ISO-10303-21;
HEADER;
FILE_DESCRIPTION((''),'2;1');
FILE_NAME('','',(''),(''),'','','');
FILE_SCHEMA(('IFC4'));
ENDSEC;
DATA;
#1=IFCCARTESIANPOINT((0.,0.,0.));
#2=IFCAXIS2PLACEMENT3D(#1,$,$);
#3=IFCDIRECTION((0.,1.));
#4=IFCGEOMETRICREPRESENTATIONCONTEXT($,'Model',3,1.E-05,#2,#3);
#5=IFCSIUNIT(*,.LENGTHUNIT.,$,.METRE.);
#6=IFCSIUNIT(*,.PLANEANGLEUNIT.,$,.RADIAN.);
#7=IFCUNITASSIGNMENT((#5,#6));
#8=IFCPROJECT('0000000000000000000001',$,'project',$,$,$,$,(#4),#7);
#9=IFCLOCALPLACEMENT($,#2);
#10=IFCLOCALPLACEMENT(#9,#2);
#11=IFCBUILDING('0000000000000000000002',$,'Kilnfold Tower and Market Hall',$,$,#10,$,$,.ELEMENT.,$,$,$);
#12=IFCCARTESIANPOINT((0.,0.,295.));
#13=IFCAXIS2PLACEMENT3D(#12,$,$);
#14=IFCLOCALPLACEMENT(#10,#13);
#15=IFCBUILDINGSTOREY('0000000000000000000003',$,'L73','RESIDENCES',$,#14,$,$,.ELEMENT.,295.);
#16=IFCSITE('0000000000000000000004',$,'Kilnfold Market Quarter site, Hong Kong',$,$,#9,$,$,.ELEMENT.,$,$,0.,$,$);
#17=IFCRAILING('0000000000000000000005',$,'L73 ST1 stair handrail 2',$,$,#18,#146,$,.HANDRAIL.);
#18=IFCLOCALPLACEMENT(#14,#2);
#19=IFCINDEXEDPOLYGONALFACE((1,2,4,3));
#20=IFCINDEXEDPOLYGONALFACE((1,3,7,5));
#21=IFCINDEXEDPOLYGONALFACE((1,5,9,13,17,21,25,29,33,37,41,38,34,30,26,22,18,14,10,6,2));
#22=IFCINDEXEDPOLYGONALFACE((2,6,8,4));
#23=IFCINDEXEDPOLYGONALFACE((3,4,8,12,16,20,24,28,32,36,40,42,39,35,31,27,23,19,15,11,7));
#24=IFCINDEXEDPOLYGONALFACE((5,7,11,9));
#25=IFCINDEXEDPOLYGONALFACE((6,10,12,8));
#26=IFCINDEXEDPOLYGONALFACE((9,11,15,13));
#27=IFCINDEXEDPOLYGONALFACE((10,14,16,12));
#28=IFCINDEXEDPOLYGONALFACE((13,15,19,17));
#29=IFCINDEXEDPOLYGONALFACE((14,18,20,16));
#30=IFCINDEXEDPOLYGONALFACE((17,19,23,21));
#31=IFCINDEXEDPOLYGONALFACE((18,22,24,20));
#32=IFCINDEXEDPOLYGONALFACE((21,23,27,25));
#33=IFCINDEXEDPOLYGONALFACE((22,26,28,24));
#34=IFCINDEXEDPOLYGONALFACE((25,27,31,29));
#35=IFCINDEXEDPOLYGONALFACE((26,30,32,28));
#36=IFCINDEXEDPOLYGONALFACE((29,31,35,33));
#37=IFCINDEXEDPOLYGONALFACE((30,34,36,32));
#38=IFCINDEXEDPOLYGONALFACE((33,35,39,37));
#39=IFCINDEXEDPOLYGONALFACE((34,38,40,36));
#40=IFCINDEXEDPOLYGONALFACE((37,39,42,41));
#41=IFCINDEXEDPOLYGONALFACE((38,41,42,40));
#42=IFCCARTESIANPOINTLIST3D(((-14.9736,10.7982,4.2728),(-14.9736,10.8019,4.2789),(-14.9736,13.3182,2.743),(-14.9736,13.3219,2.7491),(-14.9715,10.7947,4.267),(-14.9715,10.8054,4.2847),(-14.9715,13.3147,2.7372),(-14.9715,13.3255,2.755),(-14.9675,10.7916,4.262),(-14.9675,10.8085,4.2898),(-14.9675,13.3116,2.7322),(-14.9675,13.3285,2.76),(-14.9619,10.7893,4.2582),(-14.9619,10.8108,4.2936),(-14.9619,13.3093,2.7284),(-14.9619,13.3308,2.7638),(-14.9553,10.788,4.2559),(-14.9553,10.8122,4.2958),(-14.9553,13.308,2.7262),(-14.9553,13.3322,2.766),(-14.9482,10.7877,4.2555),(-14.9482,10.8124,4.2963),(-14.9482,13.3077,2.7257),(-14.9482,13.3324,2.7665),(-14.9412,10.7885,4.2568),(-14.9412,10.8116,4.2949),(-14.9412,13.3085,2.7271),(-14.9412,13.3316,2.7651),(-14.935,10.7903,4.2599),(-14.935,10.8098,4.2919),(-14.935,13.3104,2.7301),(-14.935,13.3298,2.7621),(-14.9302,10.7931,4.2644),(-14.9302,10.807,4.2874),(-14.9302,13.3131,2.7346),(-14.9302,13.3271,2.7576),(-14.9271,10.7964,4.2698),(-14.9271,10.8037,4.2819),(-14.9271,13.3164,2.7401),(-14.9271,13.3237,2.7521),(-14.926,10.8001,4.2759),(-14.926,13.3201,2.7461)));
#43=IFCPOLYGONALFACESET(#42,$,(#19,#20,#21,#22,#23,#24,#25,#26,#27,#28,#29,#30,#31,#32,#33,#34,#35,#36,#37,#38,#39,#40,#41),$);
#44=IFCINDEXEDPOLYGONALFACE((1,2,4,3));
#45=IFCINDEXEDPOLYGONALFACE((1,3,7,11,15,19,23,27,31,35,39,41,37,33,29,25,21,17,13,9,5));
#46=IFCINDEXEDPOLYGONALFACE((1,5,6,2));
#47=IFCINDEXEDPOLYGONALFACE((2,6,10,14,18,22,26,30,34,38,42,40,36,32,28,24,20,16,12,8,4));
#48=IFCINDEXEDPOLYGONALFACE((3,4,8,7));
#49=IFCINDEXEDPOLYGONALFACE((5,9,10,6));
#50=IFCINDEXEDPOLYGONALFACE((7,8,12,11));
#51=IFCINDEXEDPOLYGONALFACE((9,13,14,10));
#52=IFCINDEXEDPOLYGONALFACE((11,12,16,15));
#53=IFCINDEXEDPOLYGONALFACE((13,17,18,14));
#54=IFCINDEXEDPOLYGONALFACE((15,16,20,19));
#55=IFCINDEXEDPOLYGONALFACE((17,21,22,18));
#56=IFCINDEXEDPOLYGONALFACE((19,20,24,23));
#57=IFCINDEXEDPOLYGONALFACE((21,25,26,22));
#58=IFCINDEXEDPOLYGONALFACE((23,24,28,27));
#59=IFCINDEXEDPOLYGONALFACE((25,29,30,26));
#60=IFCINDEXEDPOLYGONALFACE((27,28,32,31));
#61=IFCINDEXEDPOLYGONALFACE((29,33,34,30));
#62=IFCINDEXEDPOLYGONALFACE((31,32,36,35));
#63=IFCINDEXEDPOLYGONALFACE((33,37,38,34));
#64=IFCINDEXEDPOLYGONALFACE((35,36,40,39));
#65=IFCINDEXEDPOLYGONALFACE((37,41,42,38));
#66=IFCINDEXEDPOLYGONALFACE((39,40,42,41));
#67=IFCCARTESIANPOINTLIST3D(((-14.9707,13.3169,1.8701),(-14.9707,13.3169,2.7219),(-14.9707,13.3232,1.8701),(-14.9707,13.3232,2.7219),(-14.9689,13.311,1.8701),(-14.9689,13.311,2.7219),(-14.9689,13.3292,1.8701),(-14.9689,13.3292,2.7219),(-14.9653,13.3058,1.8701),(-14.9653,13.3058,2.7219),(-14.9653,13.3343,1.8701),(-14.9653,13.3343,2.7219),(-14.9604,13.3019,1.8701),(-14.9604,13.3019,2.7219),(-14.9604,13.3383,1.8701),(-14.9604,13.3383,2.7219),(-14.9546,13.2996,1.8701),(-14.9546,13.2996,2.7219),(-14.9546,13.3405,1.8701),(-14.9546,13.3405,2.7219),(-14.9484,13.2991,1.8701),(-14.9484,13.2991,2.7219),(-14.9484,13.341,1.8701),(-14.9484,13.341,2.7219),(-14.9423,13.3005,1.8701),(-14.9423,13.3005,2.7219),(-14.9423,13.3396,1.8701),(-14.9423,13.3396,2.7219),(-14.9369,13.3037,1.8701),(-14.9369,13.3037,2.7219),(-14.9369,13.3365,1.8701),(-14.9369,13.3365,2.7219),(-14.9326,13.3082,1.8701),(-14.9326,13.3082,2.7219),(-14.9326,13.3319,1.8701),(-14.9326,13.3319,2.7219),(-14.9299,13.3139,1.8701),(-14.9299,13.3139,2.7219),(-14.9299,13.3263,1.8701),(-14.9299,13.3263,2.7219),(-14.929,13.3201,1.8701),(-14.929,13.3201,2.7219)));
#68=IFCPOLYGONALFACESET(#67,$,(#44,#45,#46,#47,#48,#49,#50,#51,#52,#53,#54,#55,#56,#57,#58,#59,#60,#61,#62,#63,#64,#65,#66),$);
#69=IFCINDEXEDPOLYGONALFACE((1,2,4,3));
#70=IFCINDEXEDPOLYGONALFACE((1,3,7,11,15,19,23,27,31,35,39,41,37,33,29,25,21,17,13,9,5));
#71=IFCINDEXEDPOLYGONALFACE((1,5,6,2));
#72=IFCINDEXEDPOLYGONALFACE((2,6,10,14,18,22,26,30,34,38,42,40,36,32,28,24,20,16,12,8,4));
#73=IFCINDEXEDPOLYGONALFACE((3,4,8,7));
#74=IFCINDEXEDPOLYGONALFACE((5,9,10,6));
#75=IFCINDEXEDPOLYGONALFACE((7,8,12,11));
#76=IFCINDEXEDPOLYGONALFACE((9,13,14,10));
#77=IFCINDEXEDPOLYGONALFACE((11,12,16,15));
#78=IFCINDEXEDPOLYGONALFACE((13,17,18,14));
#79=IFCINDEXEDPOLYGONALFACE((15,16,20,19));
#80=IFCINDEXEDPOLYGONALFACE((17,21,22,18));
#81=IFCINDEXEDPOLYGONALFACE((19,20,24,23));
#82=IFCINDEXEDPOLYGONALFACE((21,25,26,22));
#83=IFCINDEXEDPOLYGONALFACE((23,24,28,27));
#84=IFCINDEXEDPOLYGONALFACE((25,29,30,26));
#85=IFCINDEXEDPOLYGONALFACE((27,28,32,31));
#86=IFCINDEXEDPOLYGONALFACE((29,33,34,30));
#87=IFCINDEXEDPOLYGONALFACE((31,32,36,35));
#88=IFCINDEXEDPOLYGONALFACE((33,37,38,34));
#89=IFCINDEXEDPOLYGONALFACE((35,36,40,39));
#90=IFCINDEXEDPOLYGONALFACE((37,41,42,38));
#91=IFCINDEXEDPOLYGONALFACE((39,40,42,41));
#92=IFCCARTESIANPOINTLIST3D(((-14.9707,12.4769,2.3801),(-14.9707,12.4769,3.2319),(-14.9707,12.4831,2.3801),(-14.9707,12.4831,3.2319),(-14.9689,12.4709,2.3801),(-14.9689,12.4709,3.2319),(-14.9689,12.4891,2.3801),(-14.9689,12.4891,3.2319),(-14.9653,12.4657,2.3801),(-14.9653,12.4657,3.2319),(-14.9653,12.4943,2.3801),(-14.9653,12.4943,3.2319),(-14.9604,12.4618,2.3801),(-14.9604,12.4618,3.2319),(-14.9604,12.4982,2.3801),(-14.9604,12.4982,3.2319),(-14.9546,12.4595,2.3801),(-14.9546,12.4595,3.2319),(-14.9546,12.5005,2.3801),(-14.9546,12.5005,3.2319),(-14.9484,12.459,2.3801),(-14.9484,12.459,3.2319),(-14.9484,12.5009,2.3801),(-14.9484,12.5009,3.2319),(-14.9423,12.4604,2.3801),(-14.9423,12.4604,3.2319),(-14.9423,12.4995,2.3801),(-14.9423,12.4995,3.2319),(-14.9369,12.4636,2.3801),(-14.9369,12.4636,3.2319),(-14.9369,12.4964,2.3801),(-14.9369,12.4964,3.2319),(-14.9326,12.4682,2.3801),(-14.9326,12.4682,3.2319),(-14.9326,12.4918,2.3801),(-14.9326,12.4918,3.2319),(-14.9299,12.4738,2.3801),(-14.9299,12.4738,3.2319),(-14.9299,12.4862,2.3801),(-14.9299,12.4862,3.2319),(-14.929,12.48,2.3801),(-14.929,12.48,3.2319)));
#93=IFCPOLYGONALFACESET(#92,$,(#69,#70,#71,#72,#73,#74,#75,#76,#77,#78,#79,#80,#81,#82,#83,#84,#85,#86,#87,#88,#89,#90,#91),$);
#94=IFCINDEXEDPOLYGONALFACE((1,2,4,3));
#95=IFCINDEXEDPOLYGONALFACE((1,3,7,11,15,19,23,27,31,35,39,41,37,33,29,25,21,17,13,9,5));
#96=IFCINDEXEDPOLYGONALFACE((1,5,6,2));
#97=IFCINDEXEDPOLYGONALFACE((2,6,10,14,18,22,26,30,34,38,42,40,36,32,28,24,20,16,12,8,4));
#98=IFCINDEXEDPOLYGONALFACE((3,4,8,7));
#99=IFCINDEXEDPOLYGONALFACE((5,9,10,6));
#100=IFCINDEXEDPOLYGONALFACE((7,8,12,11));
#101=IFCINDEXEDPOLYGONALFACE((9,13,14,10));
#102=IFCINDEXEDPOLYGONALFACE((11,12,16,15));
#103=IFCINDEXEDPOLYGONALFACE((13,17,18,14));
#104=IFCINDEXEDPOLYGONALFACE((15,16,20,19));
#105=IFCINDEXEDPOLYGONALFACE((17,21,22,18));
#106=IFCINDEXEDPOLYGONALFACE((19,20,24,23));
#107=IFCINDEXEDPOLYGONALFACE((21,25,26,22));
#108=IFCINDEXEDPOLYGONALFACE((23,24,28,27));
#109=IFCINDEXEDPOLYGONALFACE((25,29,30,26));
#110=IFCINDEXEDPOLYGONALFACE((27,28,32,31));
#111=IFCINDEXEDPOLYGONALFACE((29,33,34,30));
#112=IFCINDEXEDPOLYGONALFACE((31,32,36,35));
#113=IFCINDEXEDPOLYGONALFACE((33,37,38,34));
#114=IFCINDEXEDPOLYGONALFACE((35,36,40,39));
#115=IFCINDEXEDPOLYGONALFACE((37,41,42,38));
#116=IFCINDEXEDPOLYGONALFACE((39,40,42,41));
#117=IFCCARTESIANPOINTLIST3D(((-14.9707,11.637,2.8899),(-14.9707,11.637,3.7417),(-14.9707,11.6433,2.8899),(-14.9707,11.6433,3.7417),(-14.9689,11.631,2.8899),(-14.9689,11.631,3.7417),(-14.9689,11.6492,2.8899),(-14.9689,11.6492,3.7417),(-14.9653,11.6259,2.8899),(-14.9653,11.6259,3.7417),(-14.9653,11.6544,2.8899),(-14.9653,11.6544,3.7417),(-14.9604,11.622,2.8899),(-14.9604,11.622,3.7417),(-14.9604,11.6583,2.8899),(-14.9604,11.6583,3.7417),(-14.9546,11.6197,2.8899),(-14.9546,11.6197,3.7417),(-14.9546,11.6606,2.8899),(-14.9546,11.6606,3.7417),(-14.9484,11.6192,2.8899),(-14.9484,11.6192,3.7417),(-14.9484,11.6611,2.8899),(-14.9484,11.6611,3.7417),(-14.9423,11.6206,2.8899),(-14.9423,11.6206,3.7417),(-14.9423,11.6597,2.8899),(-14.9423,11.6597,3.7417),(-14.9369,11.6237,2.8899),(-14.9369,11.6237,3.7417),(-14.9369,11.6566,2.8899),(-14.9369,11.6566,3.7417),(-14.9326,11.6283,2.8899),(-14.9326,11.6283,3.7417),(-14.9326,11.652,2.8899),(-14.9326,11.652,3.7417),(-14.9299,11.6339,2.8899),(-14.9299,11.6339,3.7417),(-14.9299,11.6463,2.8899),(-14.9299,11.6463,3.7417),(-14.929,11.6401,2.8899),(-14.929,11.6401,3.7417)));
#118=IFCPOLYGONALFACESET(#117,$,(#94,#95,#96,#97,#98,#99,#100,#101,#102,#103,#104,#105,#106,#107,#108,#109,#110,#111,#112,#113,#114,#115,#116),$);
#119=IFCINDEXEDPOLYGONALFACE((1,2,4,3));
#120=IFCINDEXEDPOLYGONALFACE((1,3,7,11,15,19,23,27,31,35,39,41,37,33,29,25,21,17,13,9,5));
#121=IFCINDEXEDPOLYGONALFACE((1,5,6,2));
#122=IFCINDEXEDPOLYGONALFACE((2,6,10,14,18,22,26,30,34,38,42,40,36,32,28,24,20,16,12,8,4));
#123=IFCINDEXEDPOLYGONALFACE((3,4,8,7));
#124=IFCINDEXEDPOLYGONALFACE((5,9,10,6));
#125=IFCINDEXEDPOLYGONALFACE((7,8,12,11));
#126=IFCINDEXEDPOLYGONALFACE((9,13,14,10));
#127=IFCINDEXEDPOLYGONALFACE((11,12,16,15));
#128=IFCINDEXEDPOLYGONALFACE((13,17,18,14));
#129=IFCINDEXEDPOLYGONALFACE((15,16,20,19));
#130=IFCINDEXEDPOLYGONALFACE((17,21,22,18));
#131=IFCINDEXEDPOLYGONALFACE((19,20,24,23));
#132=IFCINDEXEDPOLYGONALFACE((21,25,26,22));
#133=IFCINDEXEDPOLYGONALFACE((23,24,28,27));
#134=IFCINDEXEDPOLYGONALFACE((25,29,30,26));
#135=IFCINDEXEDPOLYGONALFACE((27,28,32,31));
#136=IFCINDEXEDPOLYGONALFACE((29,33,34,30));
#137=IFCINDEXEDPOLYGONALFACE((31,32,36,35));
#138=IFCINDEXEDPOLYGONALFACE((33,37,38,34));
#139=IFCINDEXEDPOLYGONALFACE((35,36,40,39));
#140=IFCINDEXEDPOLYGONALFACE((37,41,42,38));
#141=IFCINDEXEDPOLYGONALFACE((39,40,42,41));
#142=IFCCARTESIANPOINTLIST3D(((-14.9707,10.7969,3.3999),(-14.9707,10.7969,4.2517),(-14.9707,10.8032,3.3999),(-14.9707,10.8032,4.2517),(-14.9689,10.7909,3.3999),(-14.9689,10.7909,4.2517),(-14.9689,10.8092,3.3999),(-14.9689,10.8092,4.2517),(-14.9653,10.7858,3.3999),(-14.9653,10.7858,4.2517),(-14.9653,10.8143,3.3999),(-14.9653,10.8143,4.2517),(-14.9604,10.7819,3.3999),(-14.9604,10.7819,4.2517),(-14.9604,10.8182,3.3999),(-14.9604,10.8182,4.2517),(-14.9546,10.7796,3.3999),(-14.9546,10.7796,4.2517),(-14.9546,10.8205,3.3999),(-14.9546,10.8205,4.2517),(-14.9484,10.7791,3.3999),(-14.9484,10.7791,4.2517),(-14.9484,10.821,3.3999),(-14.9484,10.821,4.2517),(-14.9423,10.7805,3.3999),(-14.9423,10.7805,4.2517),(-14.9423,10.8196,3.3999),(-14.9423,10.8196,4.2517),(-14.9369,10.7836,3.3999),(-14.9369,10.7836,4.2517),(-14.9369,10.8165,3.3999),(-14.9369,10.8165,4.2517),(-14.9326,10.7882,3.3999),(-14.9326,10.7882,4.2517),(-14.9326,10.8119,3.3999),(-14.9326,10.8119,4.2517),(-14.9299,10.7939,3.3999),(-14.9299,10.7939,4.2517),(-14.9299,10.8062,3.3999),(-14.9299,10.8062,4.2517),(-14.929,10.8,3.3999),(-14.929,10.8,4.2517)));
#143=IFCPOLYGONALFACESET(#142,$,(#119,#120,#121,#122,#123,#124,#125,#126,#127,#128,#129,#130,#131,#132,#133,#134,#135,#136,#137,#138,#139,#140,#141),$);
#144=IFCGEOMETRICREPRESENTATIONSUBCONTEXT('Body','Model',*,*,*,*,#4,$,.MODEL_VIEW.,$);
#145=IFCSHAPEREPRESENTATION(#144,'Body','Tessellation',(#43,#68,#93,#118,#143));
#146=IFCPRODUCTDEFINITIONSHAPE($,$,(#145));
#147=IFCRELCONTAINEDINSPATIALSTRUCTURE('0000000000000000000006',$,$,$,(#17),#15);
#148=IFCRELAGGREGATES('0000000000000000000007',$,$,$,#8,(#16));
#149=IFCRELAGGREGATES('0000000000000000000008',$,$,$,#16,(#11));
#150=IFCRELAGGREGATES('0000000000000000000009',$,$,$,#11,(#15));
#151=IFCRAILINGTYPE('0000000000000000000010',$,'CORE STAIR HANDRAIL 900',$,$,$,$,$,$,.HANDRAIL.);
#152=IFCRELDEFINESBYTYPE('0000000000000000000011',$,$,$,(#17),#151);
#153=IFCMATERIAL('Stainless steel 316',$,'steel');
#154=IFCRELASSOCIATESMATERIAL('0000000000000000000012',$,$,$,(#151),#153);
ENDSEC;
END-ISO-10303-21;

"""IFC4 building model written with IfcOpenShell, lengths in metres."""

from ifc_helpers import new_model, si_unit, direction, frame, origin, origin_2d, place, context, subcontext, project, spatial, circle, extrude, material, type_object, element, save


model = new_model("IFC4")

# Units and contexts
model_context = context("Model", 3, precision=1e-05, world=origin(), true_north=direction((0.0, 1.0)))
body_context = subcontext(model_context, "Body", "Model", "MODEL_VIEW")
ifc_project = project(units=[si_unit("LENGTHUNIT", "METRE"), si_unit("PLANEANGLEUNIT", "RADIAN")], contexts=[model_context])

# Site, building, storey
site_placement = place(None, origin())
site = spatial("IfcSite", under=ifc_project, at=site_placement, Name="Kilnfold Market Quarter site, Hong Kong", CompositionType="ELEMENT", RefElevation=0.0)
building_placement = place(site_placement, origin())
building = spatial("IfcBuilding", under=site, at=building_placement, Name="Kilnfold Tower and Market Hall", CompositionType="ELEMENT")
storey_placement = place(building_placement, frame((0.0, 0.0, 295.0)))
storey = spatial("IfcBuildingStorey", under=building, at=storey_placement, Name="L73", Description="RESIDENCES", CompositionType="ELEMENT", Elevation=295.0)

# Railing
ifc_material_1 = material(Name="Stainless steel 316", Category="steel")
railing_type_1 = type_object("IfcRailingType", Name="CORE STAIR HANDRAIL 900", PredefinedType="HANDRAIL", material=ifc_material_1)
railing_1_placement = place(storey_placement, frame((-14.95, 13.3201, 1.8701)))
element("IfcRailing", 1, at=railing_1_placement, inside=storey, type_object=railing_type_1, Name="L73 ST1 stair handrail 2", PredefinedType="HANDRAIL", context=body_context, shape_type="SweptSolid", body=[
    extrude(circle(Radius=0.0239, at=origin_2d()), frame((0.0, 0.0, 0.876), z_axis=(0.0, -0.854822, 0.518922), x_axis=(1.0, 0.0, 0.0)), (0.0, 0.0, 1.0), 2.948),
    extrude(circle(Radius=0.021, at=origin_2d()), origin(), (0.0, 0.0, 1.0), 0.8518),
    extrude(circle(Radius=0.021, at=origin_2d()), frame((0.0, -0.8401, 0.51)), (0.0, 0.0, 1.0), 0.8518),
    extrude(circle(Radius=0.021, at=origin_2d()), frame((0.0, -1.6799, 1.0198)), (0.0, 0.0, 1.0), 0.8518),
    extrude(circle(Radius=0.021, at=origin_2d()), frame((0.0, -2.52, 1.5298)), (0.0, 0.0, 1.0), 0.8518),
])

save(model, "model.ifc")
